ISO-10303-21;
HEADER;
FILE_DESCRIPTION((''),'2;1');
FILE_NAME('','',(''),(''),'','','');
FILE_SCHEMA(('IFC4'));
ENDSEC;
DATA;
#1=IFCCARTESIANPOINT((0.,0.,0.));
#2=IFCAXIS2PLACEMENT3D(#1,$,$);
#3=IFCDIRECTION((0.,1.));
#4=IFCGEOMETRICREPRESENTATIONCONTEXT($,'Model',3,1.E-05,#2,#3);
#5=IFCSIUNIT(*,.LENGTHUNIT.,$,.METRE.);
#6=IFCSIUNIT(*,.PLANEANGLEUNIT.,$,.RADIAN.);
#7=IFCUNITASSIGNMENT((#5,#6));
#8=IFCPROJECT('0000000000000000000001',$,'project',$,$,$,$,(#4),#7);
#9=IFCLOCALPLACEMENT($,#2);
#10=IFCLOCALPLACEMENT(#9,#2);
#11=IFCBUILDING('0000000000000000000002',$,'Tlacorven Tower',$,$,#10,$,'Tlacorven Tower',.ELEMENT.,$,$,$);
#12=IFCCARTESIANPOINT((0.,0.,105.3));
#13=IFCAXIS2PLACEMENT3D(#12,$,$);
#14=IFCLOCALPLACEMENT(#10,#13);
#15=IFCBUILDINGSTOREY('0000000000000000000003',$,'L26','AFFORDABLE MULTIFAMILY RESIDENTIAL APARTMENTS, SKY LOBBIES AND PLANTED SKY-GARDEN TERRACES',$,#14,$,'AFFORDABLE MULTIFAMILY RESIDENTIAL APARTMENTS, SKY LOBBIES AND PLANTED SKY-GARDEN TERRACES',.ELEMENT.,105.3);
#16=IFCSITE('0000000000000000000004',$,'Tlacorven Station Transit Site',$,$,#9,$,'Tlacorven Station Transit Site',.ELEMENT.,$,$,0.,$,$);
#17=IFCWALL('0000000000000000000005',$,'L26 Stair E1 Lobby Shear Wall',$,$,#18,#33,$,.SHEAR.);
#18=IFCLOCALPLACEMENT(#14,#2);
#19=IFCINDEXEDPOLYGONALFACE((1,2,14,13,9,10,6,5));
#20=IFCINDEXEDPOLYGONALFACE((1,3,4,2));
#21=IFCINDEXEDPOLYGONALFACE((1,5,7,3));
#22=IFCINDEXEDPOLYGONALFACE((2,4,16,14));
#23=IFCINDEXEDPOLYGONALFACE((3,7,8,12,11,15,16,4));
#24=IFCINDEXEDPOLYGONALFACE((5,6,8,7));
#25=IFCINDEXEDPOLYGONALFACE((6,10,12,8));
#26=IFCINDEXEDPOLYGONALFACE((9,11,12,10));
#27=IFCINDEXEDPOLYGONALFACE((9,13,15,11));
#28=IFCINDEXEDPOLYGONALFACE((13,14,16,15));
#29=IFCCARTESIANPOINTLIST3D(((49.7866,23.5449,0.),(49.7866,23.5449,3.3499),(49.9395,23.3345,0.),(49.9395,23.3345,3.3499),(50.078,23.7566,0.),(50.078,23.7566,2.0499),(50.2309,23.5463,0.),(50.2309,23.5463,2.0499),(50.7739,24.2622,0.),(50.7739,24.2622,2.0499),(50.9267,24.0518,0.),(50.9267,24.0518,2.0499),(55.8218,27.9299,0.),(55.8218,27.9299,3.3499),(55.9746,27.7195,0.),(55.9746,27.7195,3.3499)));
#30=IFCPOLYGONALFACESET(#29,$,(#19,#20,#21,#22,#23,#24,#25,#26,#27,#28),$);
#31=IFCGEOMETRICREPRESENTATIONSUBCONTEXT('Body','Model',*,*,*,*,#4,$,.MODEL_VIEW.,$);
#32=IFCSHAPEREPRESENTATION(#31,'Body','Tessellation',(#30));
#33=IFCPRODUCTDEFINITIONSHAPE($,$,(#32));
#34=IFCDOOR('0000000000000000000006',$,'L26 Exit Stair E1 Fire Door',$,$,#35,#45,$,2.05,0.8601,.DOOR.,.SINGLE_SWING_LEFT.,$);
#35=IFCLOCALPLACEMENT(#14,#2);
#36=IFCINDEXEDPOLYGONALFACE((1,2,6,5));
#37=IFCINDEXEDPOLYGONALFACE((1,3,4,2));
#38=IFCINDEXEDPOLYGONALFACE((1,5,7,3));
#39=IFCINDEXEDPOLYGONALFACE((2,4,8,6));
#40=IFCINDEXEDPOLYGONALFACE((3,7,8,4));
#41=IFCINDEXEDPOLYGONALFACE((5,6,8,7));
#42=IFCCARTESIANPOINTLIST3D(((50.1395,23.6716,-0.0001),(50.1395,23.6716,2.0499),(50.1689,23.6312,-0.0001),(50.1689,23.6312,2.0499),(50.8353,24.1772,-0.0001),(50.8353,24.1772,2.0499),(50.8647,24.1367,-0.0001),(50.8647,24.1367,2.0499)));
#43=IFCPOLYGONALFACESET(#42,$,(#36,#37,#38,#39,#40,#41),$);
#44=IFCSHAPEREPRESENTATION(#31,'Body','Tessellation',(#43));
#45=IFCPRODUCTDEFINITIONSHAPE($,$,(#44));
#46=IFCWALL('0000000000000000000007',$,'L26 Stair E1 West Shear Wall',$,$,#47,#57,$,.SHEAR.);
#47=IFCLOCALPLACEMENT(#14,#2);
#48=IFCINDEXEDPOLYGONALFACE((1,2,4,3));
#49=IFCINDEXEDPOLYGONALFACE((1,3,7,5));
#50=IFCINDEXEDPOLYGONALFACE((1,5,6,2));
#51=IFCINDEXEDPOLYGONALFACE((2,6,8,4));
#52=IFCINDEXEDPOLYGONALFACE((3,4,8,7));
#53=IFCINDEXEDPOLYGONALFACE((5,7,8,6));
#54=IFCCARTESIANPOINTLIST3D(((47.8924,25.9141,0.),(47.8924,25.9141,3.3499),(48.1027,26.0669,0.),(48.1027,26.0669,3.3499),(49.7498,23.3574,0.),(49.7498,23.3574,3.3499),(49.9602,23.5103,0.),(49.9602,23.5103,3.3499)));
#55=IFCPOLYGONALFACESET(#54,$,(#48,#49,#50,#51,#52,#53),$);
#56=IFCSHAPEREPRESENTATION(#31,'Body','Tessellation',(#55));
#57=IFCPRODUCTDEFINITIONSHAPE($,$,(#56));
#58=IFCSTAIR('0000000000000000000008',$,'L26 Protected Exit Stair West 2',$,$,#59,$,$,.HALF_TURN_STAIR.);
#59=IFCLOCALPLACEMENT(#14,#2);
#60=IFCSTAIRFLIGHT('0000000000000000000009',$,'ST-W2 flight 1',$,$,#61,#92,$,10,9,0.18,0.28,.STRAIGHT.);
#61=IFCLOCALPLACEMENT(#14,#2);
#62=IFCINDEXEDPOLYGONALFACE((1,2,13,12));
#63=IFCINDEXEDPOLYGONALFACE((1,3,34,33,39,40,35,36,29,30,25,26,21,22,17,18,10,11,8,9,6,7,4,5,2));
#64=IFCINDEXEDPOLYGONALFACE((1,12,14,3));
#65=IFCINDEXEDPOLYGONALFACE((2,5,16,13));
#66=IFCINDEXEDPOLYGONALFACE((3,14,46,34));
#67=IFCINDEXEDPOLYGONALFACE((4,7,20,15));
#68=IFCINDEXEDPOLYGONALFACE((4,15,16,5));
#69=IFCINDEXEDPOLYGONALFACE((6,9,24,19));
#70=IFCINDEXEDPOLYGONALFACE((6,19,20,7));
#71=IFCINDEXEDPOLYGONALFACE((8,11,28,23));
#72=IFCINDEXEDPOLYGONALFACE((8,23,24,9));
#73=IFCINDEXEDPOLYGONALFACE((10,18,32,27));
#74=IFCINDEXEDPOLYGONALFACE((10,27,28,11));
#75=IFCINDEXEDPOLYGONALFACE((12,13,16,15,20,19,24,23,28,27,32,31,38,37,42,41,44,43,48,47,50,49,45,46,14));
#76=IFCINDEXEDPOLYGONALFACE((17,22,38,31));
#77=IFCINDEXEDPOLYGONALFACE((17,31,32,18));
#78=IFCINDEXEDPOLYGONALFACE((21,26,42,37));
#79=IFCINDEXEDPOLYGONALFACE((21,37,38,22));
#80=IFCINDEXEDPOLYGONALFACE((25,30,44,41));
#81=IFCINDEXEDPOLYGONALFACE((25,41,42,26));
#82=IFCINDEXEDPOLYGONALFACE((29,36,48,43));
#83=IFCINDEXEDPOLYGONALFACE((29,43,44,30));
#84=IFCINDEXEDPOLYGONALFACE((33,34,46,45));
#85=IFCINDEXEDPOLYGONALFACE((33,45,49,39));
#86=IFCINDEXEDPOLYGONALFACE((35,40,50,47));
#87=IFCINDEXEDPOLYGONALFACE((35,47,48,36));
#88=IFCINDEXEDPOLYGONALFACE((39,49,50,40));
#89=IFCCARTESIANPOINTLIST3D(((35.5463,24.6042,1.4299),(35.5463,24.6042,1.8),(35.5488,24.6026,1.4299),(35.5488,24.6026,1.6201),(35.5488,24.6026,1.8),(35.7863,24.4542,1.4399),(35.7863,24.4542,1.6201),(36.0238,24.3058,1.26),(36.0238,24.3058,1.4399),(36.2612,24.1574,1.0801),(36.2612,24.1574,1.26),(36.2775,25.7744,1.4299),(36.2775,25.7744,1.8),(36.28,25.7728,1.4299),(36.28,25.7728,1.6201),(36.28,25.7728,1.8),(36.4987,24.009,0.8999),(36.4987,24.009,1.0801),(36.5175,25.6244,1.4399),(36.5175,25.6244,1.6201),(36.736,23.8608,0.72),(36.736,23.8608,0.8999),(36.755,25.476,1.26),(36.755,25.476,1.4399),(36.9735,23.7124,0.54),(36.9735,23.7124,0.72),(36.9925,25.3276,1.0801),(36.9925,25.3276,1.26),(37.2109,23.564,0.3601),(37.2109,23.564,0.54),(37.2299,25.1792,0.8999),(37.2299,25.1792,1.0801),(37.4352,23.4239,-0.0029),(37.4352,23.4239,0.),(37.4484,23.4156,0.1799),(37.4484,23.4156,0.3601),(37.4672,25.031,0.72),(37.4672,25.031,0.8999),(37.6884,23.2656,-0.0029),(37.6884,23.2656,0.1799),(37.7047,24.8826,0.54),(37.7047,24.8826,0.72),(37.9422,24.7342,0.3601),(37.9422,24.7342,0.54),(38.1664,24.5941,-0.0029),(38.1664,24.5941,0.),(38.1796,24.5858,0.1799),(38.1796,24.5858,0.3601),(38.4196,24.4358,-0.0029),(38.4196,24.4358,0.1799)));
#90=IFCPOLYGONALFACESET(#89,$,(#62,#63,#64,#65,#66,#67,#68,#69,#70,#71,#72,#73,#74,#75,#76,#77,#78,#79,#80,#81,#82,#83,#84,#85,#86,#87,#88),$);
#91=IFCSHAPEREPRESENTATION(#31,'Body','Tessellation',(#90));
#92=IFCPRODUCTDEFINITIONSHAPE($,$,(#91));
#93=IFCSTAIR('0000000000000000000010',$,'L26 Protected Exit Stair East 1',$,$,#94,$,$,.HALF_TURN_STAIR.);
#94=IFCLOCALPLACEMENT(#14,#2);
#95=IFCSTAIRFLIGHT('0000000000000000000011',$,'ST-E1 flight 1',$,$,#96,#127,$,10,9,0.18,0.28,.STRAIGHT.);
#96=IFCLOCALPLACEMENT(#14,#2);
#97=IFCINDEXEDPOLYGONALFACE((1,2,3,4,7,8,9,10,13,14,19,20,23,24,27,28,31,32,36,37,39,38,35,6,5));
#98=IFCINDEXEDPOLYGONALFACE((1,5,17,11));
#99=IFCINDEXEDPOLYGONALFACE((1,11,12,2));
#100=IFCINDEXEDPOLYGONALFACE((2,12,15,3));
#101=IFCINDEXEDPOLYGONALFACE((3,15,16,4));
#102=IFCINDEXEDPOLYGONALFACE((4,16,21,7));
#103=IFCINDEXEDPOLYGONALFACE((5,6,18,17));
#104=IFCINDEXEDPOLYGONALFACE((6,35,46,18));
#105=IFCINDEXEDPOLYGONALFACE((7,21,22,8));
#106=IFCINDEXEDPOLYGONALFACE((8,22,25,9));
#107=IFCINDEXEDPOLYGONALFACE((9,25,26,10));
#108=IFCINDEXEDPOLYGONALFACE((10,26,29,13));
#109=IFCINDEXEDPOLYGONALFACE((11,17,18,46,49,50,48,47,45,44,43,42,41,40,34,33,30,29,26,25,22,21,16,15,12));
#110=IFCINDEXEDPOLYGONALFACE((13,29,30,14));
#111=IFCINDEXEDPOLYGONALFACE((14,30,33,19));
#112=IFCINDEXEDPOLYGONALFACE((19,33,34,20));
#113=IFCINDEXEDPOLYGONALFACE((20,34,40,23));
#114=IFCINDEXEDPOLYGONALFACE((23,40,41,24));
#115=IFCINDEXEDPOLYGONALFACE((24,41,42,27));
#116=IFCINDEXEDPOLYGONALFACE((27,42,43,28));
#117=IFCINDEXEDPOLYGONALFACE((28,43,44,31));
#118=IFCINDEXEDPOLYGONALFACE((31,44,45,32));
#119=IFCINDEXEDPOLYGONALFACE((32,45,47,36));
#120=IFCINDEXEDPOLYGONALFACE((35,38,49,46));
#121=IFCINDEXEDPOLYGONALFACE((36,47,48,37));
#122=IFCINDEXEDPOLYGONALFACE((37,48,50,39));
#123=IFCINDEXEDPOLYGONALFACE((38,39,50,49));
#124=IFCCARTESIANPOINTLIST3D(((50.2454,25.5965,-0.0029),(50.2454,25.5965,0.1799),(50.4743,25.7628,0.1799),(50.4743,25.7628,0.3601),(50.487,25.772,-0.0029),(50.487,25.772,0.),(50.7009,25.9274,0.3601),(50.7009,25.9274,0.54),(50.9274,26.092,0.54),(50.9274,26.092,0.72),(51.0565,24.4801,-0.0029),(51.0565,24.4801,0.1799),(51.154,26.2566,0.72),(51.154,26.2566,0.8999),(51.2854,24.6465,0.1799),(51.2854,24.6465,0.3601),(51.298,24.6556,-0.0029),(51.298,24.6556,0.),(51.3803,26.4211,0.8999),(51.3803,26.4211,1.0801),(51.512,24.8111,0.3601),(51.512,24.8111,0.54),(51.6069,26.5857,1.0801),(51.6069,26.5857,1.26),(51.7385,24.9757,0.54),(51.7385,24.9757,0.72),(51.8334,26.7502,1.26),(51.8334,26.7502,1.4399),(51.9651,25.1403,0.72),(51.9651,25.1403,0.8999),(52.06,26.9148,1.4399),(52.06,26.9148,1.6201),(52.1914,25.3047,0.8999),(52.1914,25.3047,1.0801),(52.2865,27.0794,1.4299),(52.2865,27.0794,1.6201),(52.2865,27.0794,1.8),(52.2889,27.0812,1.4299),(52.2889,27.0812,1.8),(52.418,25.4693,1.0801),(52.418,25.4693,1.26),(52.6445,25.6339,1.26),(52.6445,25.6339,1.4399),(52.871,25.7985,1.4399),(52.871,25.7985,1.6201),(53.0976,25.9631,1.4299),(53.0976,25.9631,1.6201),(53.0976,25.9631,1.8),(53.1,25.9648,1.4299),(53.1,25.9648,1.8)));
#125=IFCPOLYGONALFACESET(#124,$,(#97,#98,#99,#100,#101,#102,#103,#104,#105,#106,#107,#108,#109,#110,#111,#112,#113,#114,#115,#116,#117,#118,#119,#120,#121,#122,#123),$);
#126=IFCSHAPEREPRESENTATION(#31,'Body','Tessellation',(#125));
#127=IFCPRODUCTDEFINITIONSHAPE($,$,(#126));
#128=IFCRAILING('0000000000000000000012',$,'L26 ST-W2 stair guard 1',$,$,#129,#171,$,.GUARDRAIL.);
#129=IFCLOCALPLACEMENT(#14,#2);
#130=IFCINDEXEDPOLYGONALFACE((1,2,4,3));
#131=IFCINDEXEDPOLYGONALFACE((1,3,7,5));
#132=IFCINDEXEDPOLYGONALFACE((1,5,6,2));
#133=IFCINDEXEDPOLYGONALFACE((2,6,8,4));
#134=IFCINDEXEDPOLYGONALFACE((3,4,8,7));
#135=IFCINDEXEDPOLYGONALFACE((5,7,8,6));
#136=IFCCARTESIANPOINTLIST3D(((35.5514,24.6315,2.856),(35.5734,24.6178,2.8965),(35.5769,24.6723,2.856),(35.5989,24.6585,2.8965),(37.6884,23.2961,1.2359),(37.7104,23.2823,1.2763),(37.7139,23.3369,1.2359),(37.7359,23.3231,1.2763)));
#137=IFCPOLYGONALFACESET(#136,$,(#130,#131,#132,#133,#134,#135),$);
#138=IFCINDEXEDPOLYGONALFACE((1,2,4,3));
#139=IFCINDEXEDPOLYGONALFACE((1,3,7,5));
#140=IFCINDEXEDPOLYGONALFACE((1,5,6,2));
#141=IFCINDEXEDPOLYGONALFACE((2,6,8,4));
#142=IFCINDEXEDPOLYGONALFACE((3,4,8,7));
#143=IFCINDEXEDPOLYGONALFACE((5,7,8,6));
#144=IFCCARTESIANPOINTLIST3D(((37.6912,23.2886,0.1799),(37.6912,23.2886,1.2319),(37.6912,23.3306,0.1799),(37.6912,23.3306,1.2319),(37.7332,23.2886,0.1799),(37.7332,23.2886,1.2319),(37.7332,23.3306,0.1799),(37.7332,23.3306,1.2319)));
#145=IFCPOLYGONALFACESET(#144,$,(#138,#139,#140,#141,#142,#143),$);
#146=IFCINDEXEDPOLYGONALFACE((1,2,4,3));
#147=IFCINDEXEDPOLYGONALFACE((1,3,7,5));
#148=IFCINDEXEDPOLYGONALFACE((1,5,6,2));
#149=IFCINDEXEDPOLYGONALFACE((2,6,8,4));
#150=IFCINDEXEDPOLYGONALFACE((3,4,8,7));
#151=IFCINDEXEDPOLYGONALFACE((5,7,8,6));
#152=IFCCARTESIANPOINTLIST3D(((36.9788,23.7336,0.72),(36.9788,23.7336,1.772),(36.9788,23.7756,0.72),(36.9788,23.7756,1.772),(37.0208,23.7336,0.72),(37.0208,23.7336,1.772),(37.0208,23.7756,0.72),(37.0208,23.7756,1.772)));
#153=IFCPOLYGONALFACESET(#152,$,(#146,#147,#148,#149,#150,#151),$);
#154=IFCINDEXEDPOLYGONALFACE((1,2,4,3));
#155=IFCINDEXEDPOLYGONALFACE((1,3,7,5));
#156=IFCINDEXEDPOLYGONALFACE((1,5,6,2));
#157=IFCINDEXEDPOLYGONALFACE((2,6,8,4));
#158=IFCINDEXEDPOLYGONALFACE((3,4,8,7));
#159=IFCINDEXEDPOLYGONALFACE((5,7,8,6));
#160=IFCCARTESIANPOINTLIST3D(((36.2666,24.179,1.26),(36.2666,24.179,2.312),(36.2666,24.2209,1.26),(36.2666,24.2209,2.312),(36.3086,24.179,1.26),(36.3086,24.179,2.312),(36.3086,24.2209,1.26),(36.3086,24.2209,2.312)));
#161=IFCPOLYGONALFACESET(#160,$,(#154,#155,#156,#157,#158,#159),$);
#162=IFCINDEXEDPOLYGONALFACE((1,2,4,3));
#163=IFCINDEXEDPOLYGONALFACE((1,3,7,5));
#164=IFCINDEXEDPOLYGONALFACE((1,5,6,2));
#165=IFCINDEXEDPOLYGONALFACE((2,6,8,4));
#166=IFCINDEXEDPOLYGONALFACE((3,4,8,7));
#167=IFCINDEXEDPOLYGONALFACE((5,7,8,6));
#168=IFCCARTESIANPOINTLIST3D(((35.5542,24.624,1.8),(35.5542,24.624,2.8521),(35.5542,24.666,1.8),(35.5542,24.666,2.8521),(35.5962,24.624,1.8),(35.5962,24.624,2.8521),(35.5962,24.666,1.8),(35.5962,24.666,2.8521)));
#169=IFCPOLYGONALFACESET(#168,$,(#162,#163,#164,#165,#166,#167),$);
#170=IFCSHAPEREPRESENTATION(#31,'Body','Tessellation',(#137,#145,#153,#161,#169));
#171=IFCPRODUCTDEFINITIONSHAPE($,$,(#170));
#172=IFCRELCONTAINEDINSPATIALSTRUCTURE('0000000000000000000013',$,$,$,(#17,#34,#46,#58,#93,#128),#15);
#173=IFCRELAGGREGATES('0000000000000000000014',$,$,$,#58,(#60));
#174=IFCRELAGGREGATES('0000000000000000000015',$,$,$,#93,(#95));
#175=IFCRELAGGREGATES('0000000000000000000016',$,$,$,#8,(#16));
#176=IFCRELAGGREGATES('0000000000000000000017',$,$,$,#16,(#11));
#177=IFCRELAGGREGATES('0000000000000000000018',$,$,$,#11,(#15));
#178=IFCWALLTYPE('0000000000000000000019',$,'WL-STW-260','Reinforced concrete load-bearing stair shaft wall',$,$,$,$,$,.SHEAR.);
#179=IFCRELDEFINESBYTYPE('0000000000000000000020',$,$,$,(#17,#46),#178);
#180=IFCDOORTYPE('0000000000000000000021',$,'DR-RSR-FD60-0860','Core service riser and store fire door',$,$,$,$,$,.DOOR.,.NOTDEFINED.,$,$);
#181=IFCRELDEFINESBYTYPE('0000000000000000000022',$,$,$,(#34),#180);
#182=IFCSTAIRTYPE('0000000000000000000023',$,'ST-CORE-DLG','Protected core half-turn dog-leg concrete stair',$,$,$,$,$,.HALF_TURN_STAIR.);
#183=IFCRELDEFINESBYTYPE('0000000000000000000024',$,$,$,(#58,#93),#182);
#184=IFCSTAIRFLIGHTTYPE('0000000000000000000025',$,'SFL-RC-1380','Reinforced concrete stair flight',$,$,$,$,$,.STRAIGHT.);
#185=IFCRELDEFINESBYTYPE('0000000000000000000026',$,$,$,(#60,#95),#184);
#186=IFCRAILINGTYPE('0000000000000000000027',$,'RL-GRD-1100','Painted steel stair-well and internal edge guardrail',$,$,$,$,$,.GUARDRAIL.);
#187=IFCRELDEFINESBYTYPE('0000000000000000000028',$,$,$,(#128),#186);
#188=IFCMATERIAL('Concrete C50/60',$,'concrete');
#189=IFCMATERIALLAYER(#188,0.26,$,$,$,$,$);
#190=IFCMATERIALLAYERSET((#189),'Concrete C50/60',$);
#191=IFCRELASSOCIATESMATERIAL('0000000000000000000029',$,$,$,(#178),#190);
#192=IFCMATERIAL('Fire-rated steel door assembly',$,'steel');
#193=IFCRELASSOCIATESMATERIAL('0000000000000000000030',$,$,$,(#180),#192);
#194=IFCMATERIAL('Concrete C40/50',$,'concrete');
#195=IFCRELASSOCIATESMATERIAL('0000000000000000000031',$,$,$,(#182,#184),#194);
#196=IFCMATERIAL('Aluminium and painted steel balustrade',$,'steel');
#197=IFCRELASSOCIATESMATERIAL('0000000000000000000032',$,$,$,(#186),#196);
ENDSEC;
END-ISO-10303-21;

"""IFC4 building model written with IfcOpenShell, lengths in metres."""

from ifc_helpers import new_model, si_unit, direction, frame, frame_2d, origin, origin_2d, place, context, subcontext, project, spatial, polyline, rectangle, outline, extrude, source, transform, mapped, material, layer, layer_set, type_object, element, fill, aggregate, save


model = new_model("IFC4")

# Units and contexts
model_context = context("Model", 3, precision=1e-05, world=origin(), true_north=direction((0.0, 1.0)))
body_context = subcontext(model_context, "Body", "Model", "MODEL_VIEW")
ifc_project = project(units=[si_unit("LENGTHUNIT", "METRE"), si_unit("PLANEANGLEUNIT", "RADIAN")], contexts=[model_context])

# Site, building, storey
site_placement = place(None, origin())
site = spatial("IfcSite", under=ifc_project, at=site_placement, Name="Tlacorven Station Transit Site", LongName="Tlacorven Station Transit Site", CompositionType="ELEMENT", RefElevation=0.0)
building_placement = place(site_placement, origin())
building = spatial("IfcBuilding", under=site, at=building_placement, Name="Tlacorven Tower", LongName="Tlacorven Tower", CompositionType="ELEMENT")
storey_placement = place(building_placement, frame((0.0, 0.0, 105.3)))
storey = spatial("IfcBuildingStorey", under=building, at=storey_placement, Name="L26", Description="AFFORDABLE MULTIFAMILY RESIDENTIAL APARTMENTS, SKY LOBBIES AND PLANTED SKY-GARDEN TERRACES", LongName="AFFORDABLE MULTIFAMILY RESIDENTIAL APARTMENTS, SKY LOBBIES AND PLANTED SKY-GARDEN TERRACES", CompositionType="ELEMENT", Elevation=105.3)

# Shared definitions
ifc_material_1 = material(Name="Concrete C40/50", Category="concrete")
ifc_material_2 = material(Name="Concrete C50/60", Category="concrete")
ifc_layer_1 = layer(ifc_material_2, 0.26)
ifc_layer_set_1 = layer_set([ifc_layer_1], Name="Concrete C50/60")
wall_type_1 = type_object("IfcWallType", Name="WL-STW-260", Description="Reinforced concrete load-bearing stair shaft wall", PredefinedType="SHEAR", material=ifc_layer_set_1)

# Wall, opening, door
wall_1_placement = place(storey_placement, frame((49.863, 23.4397, 0.0), z_axis=(0.0, 0.0, 1.0), x_axis=(0.809003, 0.587804, 0.0)))
wall_1 = element("IfcWall", 1, at=wall_1_placement, inside=storey, type_object=wall_type_1, Name="L26 Stair E1 Lobby Shear Wall", PredefinedType="SHEAR", context=body_context, shape_type="SweptSolid", body=[
    extrude(rectangle(XDim=7.46, YDim=0.26, at=frame_2d((3.73, 0.0))), origin(), (0.0, 0.0, 1.0), 3.3499),
])
opening_placement = place(wall_1_placement, frame((0.3601, 0.0, 0.0)))
opening = element("IfcOpeningElement", 2, at=opening_placement, cuts=wall_1, PredefinedType="OPENING", context=body_context, shape_type="SweptSolid", body=[
    extrude(rectangle(XDim=0.8601, YDim=2.05, at=frame_2d((0.4302, 1.0249))), frame((0.0, 0.1401, 0.0), z_axis=(0.0, -1.0, 0.0), x_axis=(1.0, 0.0, 0.0)), (0.0, 0.0, 1.0), 0.28),
])
ifc_material_3 = material(Name="Fire-rated steel door assembly", Category="steel")
door_type = type_object("IfcDoorType", Name="DR-RSR-FD60-0860", Description="Core service riser and store fire door", OperationType="NOTDEFINED", PredefinedType="DOOR", material=ifc_material_3)
shared_shape_1 = source(origin(), body_context, "Body", "SweptSolid", [
    extrude(rectangle(XDim=0.8601, YDim=2.05, at=frame_2d((0.4302, 1.0249))), frame((0.0, 0.0249, 0.0), z_axis=(0.0, -1.0, 0.0), x_axis=(1.0, 0.0, 0.0)), (0.0, 0.0, 1.0), 0.05),
])
door_placement = place(opening_placement, frame((0.8601, 0.0, 0.0), z_axis=(0.0, 0.0, 1.0), x_axis=(-1.0, 0.0, 0.0)))
door = element("IfcDoor", 3, at=door_placement, inside=storey, type_object=door_type, Name="L26 Exit Stair E1 Fire Door", OperationType="SINGLE_SWING_LEFT", OverallHeight=2.05, OverallWidth=0.8601, PredefinedType="DOOR", context=body_context, shape_type="MappedRepresentation", body=[
    mapped(shared_shape_1, transform((0.0, 0.0, 0.0), scale=1.0)),
])
fill(opening, door)

# Wall
wall_2_placement = place(storey_placement, frame((49.855, 23.4338, 0.0), z_axis=(0.0, 0.0, 1.0), x_axis=(-0.587767, 0.80903, 0.0)))
element("IfcWall", 4, at=wall_2_placement, inside=storey, type_object=wall_type_1, Name="L26 Stair E1 West Shear Wall", PredefinedType="SHEAR", context=body_context, shape_type="SweptSolid", body=[
    extrude(rectangle(XDim=3.1602, YDim=0.26, at=frame_2d((1.5801, 0.0))), origin(), (0.0, 0.0, 1.0), 3.3499),
])

# Stairs, stair flights
stair_type = type_object("IfcStairType", Name="ST-CORE-DLG", Description="Protected core half-turn dog-leg concrete stair", PredefinedType="HALF_TURN_STAIR", material=ifc_material_1)
stair_1_placement = place(storey_placement, origin())
stair_1 = element("IfcStair", 5, at=stair_1_placement, inside=storey, type_object=stair_type, Name="L26 Protected Exit Stair West 2", PredefinedType="HALF_TURN_STAIR")
stair_flight_type = type_object("IfcStairFlightType", Name="SFL-RC-1380", Description="Reinforced concrete stair flight", PredefinedType="STRAIGHT", material=ifc_material_1)
shared_shape_2 = source(origin(), body_context, "Body", "SweptSolid", [
    extrude(outline(polyline([(-0.0029, -0.0029), (-0.0029, 0.1799), (0.28, 0.1799), (0.28, 0.3601), (0.5601, 0.3601), (0.5601, 0.54), (0.8401, 0.54), (0.8401, 0.72), (1.1201, 0.72), (1.1201, 0.8999), (1.3999, 0.8999), (1.3999, 1.0801), (1.6799, 1.0801), (1.6799, 1.26), (1.96, 1.26), (1.96, 1.4399), (2.24, 1.4399), (2.24, 1.6201), (2.52, 1.6201), (2.52, 1.8), (2.5229, 1.8), (2.5229, 1.4299), (2.52, 1.4299), (0.2957, 0.0), (0.2957, -0.0029), (-0.0029, -0.0029)])), frame((0.0, 0.6899, 0.0), z_axis=(0.0, -1.0, 0.0), x_axis=(1.0, 0.0, 0.0)), (0.0, 0.0, 1.0), 1.3799),
])
stair_flight_1_placement = place(storey_placement, frame((38.0515, 23.8523, 0.0), z_axis=(0.0, 0.0, 1.0), x_axis=(-0.848048, 0.529919, 0.0)))
stair_flight_1 = element("IfcStairFlight", 6, at=stair_flight_1_placement, type_object=stair_flight_type, Name="ST-W2 flight 1", NumberOfRisers=10, NumberOfTreads=9, PredefinedType="STRAIGHT", RiserHeight=0.18, TreadLength=0.28, context=body_context, shape_type="MappedRepresentation", body=[
    mapped(shared_shape_2, transform((0.0, 0.0, 0.0), scale=1.0)),
])
aggregate(stair_1, [stair_flight_1])
stair_2_placement = place(storey_placement, origin())
stair_2 = element("IfcStair", 7, at=stair_2_placement, inside=storey, type_object=stair_type, Name="L26 Protected Exit Stair East 1", PredefinedType="HALF_TURN_STAIR")
stair_flight_2_placement = place(storey_placement, frame((50.6533, 25.04, 0.0), z_axis=(0.0, 0.0, 1.0), x_axis=(0.809017, 0.587785, 0.0)))
stair_flight_2 = element("IfcStairFlight", 8, at=stair_flight_2_placement, type_object=stair_flight_type, Name="ST-E1 flight 1", NumberOfRisers=10, NumberOfTreads=9, PredefinedType="STRAIGHT", RiserHeight=0.18, TreadLength=0.28, context=body_context, shape_type="MappedRepresentation", body=[
    mapped(shared_shape_2, transform((0.0, 0.0, 0.0), scale=1.0)),
])
aggregate(stair_2, [stair_flight_2])

# Railing
ifc_material_4 = material(Name="Aluminium and painted steel balustrade", Category="steel")
railing_type_1 = type_object("IfcRailingType", Name="RL-GRD-1100", Description="Painted steel stair-well and internal edge guardrail", PredefinedType="GUARDRAIL", material=ifc_material_4)
shared_shape_3 = source(origin(), body_context, "Body", "SweptSolid", [
    extrude(rectangle(XDim=0.0481, YDim=0.0481, at=origin_2d()), frame((0.0, 0.0, 1.0762), z_axis=(-0.71332, 0.445774, 0.540796), x_axis=(-0.529955, -0.848026, 0.0)), (0.0, 0.0, 1.0), 2.9958),
    extrude(rectangle(XDim=0.042, YDim=0.042, at=origin_2d()), origin(), (0.0, 0.0, 1.0), 1.052),
    extrude(rectangle(XDim=0.042, YDim=0.042, at=origin_2d()), frame((-0.7124, 0.4451, 0.54)), (0.0, 0.0, 1.0), 1.052),
    extrude(rectangle(XDim=0.042, YDim=0.042, at=origin_2d()), frame((-1.4246, 0.8904, 1.0801)), (0.0, 0.0, 1.0), 1.052),
    extrude(rectangle(XDim=0.042, YDim=0.042, at=origin_2d()), frame((-2.137, 1.3354, 1.6201)), (0.0, 0.0, 1.0), 1.052),
])
railing_1_placement = place(storey_placement, frame((37.7122, 23.3096, 0.1799)))
element("IfcRailing", 9, at=railing_1_placement, inside=storey, type_object=railing_type_1, Name="L26 ST-W2 stair guard 1", PredefinedType="GUARDRAIL", context=body_context, shape_type="MappedRepresentation", body=[
    mapped(shared_shape_3, transform((0.0, 0.0, 0.0), scale=1.0)),
])

save(model, "model.ifc")
